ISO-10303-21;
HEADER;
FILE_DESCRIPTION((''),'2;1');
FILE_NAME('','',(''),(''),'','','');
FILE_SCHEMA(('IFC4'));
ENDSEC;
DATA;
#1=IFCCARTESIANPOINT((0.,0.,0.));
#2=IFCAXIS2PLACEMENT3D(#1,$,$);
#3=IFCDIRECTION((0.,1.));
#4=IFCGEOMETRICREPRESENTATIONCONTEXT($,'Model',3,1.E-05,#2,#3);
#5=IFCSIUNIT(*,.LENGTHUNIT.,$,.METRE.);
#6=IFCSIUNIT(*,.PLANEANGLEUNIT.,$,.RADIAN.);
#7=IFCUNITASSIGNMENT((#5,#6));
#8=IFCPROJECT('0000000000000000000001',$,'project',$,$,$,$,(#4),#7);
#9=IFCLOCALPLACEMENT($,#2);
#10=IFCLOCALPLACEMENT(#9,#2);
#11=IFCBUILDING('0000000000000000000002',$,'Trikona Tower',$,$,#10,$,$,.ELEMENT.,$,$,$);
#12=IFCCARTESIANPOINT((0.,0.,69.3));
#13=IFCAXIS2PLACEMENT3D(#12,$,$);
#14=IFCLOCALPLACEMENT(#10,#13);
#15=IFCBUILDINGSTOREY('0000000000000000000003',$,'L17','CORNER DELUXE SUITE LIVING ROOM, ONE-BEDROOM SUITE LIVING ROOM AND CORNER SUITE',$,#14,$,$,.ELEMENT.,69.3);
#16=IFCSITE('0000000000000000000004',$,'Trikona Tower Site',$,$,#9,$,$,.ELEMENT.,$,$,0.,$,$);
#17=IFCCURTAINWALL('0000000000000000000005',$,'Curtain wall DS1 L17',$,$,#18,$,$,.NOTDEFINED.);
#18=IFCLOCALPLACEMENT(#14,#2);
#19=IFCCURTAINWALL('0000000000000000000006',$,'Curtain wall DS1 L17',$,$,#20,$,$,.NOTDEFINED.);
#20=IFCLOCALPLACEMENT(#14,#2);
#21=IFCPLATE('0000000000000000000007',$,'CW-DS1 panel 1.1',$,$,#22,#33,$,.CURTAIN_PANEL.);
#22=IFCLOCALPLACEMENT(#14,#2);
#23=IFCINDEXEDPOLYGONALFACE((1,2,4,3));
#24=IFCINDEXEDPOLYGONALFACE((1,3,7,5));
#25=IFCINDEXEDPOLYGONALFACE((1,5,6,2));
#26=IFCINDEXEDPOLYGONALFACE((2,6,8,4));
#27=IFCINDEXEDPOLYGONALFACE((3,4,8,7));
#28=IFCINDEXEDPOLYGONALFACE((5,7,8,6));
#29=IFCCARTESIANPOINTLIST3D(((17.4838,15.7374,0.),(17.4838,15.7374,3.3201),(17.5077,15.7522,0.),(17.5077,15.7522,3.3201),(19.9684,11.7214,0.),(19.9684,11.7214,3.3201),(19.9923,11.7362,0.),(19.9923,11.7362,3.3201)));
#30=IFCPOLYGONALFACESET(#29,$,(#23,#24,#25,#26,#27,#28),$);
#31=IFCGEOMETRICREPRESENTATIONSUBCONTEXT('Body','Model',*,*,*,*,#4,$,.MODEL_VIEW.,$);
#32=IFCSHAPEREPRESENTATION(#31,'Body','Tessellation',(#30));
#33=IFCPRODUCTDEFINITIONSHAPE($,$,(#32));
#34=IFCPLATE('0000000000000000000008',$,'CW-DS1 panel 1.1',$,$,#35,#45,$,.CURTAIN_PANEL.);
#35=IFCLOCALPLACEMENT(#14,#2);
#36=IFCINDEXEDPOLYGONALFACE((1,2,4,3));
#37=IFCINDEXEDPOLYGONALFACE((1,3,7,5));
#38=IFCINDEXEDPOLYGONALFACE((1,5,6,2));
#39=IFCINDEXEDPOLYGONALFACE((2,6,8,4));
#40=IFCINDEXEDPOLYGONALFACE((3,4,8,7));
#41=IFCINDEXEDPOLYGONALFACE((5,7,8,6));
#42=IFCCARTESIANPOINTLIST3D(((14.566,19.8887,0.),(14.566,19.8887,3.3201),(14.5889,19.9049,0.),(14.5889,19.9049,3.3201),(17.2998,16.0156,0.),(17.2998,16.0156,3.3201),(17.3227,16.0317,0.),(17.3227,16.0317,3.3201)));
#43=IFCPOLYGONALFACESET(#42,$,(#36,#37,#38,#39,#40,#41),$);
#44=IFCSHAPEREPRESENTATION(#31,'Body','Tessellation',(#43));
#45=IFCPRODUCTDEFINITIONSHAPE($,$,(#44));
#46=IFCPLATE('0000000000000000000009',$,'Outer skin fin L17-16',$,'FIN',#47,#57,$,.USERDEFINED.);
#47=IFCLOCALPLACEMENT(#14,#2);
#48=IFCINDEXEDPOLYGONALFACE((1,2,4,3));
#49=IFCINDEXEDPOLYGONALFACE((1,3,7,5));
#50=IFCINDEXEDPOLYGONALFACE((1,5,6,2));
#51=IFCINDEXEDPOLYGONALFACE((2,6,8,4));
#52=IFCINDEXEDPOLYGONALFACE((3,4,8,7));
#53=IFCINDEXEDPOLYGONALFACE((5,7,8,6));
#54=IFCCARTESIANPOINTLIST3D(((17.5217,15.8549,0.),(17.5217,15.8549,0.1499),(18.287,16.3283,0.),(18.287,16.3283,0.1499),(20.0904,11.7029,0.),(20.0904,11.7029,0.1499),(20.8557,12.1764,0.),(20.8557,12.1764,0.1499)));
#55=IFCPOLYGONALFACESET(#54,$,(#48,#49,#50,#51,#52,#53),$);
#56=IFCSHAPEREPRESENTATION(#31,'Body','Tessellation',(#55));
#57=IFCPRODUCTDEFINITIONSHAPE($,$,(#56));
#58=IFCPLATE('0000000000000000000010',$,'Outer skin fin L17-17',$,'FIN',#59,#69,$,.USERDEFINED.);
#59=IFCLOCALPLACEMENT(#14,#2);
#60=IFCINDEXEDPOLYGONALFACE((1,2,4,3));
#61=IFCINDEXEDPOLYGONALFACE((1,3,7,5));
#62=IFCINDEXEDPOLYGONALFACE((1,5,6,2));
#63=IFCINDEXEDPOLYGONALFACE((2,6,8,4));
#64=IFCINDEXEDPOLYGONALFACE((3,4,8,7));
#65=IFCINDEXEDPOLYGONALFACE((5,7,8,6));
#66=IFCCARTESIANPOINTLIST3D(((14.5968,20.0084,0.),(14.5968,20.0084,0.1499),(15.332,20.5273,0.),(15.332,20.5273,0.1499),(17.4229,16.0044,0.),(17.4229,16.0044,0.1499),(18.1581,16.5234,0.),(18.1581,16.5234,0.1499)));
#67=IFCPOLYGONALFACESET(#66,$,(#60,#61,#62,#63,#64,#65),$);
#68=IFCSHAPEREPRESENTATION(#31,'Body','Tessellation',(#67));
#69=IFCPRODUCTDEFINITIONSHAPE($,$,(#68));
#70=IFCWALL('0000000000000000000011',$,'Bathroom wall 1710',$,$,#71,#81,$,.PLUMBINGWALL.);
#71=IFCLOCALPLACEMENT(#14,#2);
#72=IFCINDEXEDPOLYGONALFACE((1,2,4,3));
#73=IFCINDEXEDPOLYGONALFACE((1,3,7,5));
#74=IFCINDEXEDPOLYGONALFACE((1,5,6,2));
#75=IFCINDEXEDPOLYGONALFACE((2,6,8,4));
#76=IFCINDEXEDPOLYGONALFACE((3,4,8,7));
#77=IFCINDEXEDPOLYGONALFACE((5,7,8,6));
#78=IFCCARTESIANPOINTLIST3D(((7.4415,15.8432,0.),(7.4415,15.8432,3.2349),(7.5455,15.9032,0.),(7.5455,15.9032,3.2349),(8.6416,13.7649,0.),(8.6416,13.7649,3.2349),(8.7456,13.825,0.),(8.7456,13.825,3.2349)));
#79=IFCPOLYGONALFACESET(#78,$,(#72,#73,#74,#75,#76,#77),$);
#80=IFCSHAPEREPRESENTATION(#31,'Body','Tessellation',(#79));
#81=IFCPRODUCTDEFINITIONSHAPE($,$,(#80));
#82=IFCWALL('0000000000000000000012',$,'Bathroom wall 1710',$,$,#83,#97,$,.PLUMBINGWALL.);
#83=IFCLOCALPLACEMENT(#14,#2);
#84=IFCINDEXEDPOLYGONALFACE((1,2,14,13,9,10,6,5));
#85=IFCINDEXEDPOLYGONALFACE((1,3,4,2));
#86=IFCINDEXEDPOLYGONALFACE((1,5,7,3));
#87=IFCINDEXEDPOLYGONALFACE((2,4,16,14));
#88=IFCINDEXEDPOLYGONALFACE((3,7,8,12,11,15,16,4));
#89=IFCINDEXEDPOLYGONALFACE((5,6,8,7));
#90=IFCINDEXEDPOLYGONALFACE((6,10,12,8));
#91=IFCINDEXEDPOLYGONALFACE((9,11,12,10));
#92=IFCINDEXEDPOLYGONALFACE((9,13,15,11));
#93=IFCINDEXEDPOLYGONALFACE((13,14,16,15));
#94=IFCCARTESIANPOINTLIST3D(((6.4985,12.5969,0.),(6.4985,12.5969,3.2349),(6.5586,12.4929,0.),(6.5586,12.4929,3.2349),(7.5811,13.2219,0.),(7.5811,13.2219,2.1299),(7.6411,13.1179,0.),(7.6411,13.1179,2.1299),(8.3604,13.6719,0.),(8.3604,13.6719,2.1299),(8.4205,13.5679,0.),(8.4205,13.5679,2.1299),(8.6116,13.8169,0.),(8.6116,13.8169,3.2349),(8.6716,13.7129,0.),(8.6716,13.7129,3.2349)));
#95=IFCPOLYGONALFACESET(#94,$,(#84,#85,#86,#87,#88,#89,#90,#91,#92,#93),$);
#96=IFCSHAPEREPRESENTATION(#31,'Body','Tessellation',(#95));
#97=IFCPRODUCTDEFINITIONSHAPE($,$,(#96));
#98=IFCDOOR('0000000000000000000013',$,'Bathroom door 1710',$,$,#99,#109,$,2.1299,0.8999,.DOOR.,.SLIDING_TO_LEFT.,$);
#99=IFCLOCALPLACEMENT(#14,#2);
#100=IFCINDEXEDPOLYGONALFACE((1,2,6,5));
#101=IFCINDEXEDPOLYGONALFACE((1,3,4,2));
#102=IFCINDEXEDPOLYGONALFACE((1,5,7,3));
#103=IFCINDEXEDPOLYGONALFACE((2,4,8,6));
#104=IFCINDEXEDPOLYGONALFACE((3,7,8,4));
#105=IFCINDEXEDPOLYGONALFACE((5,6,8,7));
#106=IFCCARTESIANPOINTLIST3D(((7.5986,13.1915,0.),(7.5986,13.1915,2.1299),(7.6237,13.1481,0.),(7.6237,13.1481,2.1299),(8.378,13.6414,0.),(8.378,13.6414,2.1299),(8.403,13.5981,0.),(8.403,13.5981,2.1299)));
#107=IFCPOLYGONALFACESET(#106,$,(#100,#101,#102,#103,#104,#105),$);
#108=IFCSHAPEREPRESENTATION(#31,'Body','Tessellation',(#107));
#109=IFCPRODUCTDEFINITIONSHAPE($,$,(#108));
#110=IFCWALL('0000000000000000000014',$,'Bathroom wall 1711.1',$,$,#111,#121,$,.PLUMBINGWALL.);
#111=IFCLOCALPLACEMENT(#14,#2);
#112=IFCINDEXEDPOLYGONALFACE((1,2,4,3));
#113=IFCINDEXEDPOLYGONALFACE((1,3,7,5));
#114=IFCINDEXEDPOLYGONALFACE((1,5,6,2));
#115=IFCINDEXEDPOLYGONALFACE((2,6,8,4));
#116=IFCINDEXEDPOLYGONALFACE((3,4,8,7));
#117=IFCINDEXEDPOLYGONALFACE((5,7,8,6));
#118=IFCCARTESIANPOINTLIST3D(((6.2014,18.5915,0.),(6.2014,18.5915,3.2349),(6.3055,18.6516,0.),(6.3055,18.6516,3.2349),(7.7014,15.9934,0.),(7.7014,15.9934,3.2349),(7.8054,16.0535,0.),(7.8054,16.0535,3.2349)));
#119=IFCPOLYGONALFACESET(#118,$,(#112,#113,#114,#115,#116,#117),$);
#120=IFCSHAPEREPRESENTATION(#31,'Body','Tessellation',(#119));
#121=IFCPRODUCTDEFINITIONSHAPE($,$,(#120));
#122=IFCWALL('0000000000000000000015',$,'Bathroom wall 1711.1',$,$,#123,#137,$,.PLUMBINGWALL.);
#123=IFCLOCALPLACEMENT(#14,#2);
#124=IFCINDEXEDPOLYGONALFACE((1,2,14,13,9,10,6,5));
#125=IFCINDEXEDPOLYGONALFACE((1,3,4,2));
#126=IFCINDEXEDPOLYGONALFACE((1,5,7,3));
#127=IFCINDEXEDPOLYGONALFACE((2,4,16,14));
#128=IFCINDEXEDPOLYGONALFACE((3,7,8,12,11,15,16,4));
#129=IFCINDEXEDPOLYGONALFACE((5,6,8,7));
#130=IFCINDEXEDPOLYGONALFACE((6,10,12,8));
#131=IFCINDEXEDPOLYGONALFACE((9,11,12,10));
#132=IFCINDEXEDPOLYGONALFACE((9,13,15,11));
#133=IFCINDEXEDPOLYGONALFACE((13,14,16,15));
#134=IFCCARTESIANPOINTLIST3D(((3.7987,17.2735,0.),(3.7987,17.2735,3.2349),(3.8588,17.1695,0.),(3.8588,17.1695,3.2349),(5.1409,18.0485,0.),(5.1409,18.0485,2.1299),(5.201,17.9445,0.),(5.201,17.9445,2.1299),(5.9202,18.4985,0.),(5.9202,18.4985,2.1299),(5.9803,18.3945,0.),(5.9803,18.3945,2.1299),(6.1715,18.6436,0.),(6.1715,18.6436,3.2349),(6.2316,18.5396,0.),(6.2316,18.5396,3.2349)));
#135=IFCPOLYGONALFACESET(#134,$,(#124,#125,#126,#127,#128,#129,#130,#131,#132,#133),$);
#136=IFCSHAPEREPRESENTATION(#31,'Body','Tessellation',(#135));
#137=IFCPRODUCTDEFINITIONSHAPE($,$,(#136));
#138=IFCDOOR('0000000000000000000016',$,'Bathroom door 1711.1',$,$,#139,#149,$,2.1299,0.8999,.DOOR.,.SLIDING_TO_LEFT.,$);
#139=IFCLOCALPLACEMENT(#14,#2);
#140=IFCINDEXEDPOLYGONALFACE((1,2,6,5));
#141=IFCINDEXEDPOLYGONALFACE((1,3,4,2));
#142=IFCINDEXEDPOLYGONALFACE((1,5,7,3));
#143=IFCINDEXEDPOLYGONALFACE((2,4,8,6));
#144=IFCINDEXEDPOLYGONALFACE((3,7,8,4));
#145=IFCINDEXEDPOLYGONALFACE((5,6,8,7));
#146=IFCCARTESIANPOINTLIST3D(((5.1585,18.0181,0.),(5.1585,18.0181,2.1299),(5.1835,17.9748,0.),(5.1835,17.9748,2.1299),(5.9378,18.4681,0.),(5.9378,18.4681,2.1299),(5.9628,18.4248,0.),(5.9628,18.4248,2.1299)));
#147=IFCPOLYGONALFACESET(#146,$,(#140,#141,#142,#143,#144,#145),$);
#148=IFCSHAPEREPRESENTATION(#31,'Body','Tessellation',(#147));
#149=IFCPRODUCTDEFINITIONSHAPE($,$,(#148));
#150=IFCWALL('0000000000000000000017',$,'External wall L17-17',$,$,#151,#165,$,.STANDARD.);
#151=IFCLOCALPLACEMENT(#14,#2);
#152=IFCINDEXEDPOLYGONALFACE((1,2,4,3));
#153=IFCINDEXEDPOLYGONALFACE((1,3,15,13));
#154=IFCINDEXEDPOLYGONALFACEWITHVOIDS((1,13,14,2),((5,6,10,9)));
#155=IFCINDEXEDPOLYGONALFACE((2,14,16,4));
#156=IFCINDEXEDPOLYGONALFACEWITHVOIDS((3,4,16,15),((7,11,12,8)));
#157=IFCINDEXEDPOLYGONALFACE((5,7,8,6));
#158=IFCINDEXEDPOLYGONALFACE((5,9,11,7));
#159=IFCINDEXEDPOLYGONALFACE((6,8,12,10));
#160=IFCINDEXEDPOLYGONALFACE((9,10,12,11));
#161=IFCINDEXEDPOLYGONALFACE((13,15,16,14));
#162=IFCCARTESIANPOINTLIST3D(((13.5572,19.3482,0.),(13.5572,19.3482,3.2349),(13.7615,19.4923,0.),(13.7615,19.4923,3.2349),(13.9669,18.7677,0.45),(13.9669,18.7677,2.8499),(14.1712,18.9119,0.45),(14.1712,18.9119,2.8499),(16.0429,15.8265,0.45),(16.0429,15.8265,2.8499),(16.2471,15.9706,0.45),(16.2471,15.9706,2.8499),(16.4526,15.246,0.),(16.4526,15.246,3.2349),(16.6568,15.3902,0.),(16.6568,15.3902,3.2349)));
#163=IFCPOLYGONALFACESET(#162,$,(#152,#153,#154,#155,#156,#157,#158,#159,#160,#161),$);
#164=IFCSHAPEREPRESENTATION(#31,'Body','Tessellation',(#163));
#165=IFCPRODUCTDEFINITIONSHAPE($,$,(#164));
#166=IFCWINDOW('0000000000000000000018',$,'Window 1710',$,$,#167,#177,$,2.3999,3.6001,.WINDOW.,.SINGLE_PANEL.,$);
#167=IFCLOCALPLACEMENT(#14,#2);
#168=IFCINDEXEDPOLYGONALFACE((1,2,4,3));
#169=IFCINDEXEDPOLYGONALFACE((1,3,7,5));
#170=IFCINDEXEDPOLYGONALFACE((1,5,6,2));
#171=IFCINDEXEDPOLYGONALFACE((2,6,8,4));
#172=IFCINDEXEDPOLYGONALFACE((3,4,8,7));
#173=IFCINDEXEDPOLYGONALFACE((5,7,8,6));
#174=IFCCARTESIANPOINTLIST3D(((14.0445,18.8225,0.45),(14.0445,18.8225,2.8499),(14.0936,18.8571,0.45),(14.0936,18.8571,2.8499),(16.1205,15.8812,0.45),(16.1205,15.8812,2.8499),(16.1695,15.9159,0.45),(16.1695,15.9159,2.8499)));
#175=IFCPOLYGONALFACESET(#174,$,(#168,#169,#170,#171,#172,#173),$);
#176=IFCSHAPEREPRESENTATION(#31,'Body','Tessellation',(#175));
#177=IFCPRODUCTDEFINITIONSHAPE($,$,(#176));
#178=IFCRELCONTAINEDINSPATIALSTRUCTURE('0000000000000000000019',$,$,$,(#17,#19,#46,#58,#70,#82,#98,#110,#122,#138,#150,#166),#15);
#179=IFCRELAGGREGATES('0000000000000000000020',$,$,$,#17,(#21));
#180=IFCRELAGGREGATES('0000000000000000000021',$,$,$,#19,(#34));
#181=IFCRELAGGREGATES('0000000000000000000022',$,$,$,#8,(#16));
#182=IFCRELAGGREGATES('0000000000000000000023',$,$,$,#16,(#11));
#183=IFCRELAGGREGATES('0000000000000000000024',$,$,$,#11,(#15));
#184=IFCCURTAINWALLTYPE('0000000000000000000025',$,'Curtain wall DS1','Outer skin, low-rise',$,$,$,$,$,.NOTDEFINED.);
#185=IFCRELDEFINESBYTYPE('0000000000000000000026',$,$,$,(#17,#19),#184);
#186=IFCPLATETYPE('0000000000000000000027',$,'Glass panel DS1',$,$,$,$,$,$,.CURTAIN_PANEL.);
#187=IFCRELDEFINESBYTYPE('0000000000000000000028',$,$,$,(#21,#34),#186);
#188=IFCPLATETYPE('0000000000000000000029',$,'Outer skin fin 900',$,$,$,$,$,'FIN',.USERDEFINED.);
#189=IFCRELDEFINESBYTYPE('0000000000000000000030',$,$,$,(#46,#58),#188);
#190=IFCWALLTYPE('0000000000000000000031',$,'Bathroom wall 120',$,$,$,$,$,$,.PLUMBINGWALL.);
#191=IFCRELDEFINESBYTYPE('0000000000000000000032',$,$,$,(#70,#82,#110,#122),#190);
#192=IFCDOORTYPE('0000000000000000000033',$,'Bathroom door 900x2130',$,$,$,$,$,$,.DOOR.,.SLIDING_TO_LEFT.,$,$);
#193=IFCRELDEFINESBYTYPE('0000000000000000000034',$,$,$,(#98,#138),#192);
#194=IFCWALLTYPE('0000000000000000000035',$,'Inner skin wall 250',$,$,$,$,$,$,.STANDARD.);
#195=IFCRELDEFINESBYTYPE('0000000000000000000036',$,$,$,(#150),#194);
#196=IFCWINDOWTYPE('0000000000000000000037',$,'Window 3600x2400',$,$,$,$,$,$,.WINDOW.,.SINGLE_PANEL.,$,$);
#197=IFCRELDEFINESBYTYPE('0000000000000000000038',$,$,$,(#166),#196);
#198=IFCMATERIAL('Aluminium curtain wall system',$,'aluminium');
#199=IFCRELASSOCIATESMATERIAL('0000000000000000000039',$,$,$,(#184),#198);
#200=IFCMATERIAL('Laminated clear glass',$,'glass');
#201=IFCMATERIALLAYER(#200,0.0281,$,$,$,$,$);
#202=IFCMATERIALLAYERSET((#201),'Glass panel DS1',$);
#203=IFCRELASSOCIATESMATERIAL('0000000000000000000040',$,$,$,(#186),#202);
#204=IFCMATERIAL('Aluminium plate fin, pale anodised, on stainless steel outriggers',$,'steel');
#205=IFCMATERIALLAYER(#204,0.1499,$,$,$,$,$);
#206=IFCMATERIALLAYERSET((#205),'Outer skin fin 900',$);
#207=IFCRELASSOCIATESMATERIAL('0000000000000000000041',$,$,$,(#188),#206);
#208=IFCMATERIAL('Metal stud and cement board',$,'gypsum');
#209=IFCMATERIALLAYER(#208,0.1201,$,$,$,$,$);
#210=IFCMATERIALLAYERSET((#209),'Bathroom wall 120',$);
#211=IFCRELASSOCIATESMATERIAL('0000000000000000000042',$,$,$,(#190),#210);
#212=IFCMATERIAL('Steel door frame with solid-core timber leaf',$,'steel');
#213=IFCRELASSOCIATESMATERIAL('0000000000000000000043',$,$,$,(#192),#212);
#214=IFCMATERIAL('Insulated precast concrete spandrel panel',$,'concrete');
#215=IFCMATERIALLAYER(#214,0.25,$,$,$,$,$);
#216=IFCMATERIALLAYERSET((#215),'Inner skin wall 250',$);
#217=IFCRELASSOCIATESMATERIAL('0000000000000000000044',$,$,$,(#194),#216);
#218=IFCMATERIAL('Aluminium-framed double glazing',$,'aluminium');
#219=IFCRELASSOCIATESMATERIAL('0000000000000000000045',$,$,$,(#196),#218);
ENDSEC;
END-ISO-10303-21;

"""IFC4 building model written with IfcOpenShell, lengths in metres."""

from ifc_helpers import new_model, si_unit, direction, frame, frame_2d, origin, origin_2d, place, context, subcontext, project, spatial, rectangle, extrude, material, layer, layer_set, type_object, element, fill, aggregate, save


model = new_model("IFC4")

# Units and contexts
model_context = context("Model", 3, precision=1e-05, world=origin(), true_north=direction((0.0, 1.0)))
body_context = subcontext(model_context, "Body", "Model", "MODEL_VIEW")
ifc_project = project(units=[si_unit("LENGTHUNIT", "METRE"), si_unit("PLANEANGLEUNIT", "RADIAN")], contexts=[model_context])

# Site, building, storey
site_placement = place(None, origin())
site = spatial("IfcSite", under=ifc_project, at=site_placement, Name="Trikona Tower Site", CompositionType="ELEMENT", RefElevation=0.0)
building_placement = place(site_placement, origin())
building = spatial("IfcBuilding", under=site, at=building_placement, Name="Trikona Tower", CompositionType="ELEMENT")
storey_placement = place(building_placement, frame((0.0, 0.0, 69.3)))
storey = spatial("IfcBuildingStorey", under=building, at=storey_placement, Name="L17", Description="CORNER DELUXE SUITE LIVING ROOM, ONE-BEDROOM SUITE LIVING ROOM AND CORNER SUITE", CompositionType="ELEMENT", Elevation=69.3)

# Curtain walls
ifc_material_1 = material(Name="Aluminium curtain wall system", Category="aluminium")
curtain_wall_type = type_object("IfcCurtainWallType", Name="Curtain wall DS1", Description="Outer skin, low-rise", PredefinedType="NOTDEFINED", material=ifc_material_1)
curtain_wall_1_placement = place(storey_placement, origin())
curtain_wall_1 = element("IfcCurtainWall", 1, at=curtain_wall_1_placement, inside=storey, type_object=curtain_wall_type, Name="Curtain wall DS1 L17", PredefinedType="NOTDEFINED")
curtain_wall_2_placement = place(storey_placement, origin())
curtain_wall_2 = element("IfcCurtainWall", 2, at=curtain_wall_2_placement, inside=storey, type_object=curtain_wall_type, Name="Curtain wall DS1 L17", PredefinedType="NOTDEFINED")

# Plates
ifc_material_2 = material(Name="Laminated clear glass", Category="glass")
ifc_layer_1 = layer(ifc_material_2, 0.0281)
ifc_layer_set_1 = layer_set([ifc_layer_1], Name="Glass panel DS1")
plate_type_1 = type_object("IfcPlateType", Name="Glass panel DS1", PredefinedType="CURTAIN_PANEL", material=ifc_layer_set_1)
plate_1_placement = place(storey_placement, frame((18.738, 13.7368, 0.0), z_axis=(0.0, 0.0, 1.0), x_axis=(-0.52612, 0.85041, 0.0)))
plate_1 = element("IfcPlate", 3, at=plate_1_placement, type_object=plate_type_1, Name="CW-DS1 panel 1.1", PredefinedType="CURTAIN_PANEL", context=body_context, shape_type="SweptSolid", body=[
    extrude(rectangle(XDim=4.7224, YDim=0.0281, at=origin_2d()), origin(), (0.0, 0.0, 1.0), 3.3201),
])
aggregate(curtain_wall_1, [plate_1])
plate_2_placement = place(storey_placement, frame((15.9443, 17.9602, 0.0), z_axis=(0.0, 0.0, 1.0), x_axis=(-0.576658, 0.816985, 0.0)))
plate_2 = element("IfcPlate", 4, at=plate_2_placement, type_object=plate_type_1, Name="CW-DS1 panel 1.1", PredefinedType="CURTAIN_PANEL", context=body_context, shape_type="SweptSolid", body=[
    extrude(rectangle(XDim=4.7407, YDim=0.0281, at=origin_2d()), origin(), (0.0, 0.0, 1.0), 3.3201),
])
aggregate(curtain_wall_2, [plate_2])

# Plates
ifc_material_3 = material(Name="Aluminium plate fin, pale anodised, on stainless steel outriggers", Category="steel")
ifc_layer_2 = layer(ifc_material_3, 0.1499)
ifc_layer_set_2 = layer_set([ifc_layer_2], Name="Outer skin fin 900")
plate_type_2 = type_object("IfcPlateType", Name="Outer skin fin 900", ElementType="FIN", PredefinedType="USERDEFINED", material=ifc_layer_set_2)
plate_3_placement = place(storey_placement, frame((19.1887, 14.0156, 0.0), z_axis=(0.0, 0.0, 1.0), x_axis=(-0.526119, 0.850411, 0.0)))
element("IfcPlate", 5, at=plate_3_placement, inside=storey, type_object=plate_type_2, Name="Outer skin fin L17-16", ObjectType="FIN", PredefinedType="USERDEFINED", context=body_context, shape_type="SweptSolid", body=[
    extrude(rectangle(XDim=4.8823, YDim=0.8999, at=origin_2d()), origin(), (0.0, 0.0, 1.0), 0.1499),
])
plate_4_placement = place(storey_placement, frame((16.3774, 18.2659, 0.0), z_axis=(0.0, 0.0, 1.0), x_axis=(-0.576662, 0.816983, 0.0)))
element("IfcPlate", 6, at=plate_4_placement, inside=storey, type_object=plate_type_2, Name="Outer skin fin L17-17", ObjectType="FIN", PredefinedType="USERDEFINED", context=body_context, shape_type="SweptSolid", body=[
    extrude(rectangle(XDim=4.9009, YDim=0.8999, at=origin_2d()), origin(), (0.0, 0.0, 1.0), 0.1499),
])

# Wall
ifc_material_4 = material(Name="Metal stud and cement board", Category="gypsum")
ifc_layer_3 = layer(ifc_material_4, 0.1201)
ifc_layer_set_3 = layer_set([ifc_layer_3], Name="Bathroom wall 120")
wall_type_1 = type_object("IfcWallType", Name="Bathroom wall 120", PredefinedType="PLUMBINGWALL", material=ifc_layer_set_3)
wall_1_placement = place(storey_placement, frame((8.6936, 13.7949, 0.0), z_axis=(0.0, 0.0, 1.0), x_axis=(-0.500078, 0.865981, 0.0)))
element("IfcWall", 7, at=wall_1_placement, inside=storey, type_object=wall_type_1, Name="Bathroom wall 1710", PredefinedType="PLUMBINGWALL", context=body_context, shape_type="SweptSolid", body=[
    extrude(rectangle(XDim=2.3999, YDim=0.1201, at=frame_2d((1.2, 0.0))), origin(), (0.0, 0.0, 1.0), 3.2349),
])

# Wall, opening, door
wall_2_placement = place(storey_placement, frame((6.5286, 12.5449, 0.0), z_axis=(0.0, 0.0, 1.0), x_axis=(0.866024, 0.500003, 0.0)))
wall_2 = element("IfcWall", 8, at=wall_2_placement, inside=storey, type_object=wall_type_1, Name="Bathroom wall 1710", PredefinedType="PLUMBINGWALL", context=body_context, shape_type="SweptSolid", body=[
    extrude(rectangle(XDim=2.4399, YDim=0.1201, at=frame_2d((1.22, 0.0))), origin(), (0.0, 0.0, 1.0), 3.2349),
])
opening_1_placement = place(wall_2_placement, frame((1.25, 0.0, 0.0)))
opening_1 = element("IfcOpeningElement", 9, at=opening_1_placement, cuts=wall_2, PredefinedType="OPENING", context=body_context, shape_type="SweptSolid", body=[
    extrude(rectangle(XDim=0.8999, YDim=2.1299, at=frame_2d((0.45, 1.0649))), frame((0.0, 0.0701, 0.0), z_axis=(0.0, -1.0, 0.0), x_axis=(1.0, 0.0, 0.0)), (0.0, 0.0, 1.0), 0.1401),
])
ifc_material_5 = material(Name="Steel door frame with solid-core timber leaf", Category="steel")
door_type_1 = type_object("IfcDoorType", Name="Bathroom door 900x2130", OperationType="SLIDING_TO_LEFT", PredefinedType="DOOR", material=ifc_material_5)
door_1_placement = place(opening_1_placement, origin())
door_1 = element("IfcDoor", 10, at=door_1_placement, inside=storey, type_object=door_type_1, Name="Bathroom door 1710", OperationType="SLIDING_TO_LEFT", OverallHeight=2.1299, OverallWidth=0.8999, PredefinedType="DOOR", context=body_context, shape_type="SweptSolid", body=[
    extrude(rectangle(XDim=0.8999, YDim=2.1299, at=frame_2d((0.45, 1.0649))), frame((0.0, 0.0249, 0.0), z_axis=(0.0, -1.0, 0.0), x_axis=(1.0, 0.0, 0.0)), (0.0, 0.0, 1.0), 0.05),
])
fill(opening_1, door_1)

# Wall
wall_3_placement = place(storey_placement, frame((7.7534, 16.0234, 0.0), z_axis=(0.0, 0.0, 1.0), x_axis=(-0.49999, 0.866031, 0.0)))
element("IfcWall", 11, at=wall_3_placement, inside=storey, type_object=wall_type_1, Name="Bathroom wall 1711.1", PredefinedType="PLUMBINGWALL", context=body_context, shape_type="SweptSolid", body=[
    extrude(rectangle(XDim=3.0, YDim=0.1201, at=frame_2d((1.5, 0.0))), origin(), (0.0, 0.0, 1.0), 3.2349),
])

# Wall, opening, door
wall_4_placement = place(storey_placement, frame((3.8286, 17.2214, 0.0), z_axis=(0.0, 0.0, 1.0), x_axis=(0.865997, 0.500049, 0.0)))
wall_4 = element("IfcWall", 12, at=wall_4_placement, inside=storey, type_object=wall_type_1, Name="Bathroom wall 1711.1", PredefinedType="PLUMBINGWALL", context=body_context, shape_type="SweptSolid", body=[
    extrude(rectangle(XDim=2.74, YDim=0.1201, at=frame_2d((1.3701, 0.0))), origin(), (0.0, 0.0, 1.0), 3.2349),
])
opening_2_placement = place(wall_4_placement, frame((1.55, 0.0, 0.0)))
opening_2 = element("IfcOpeningElement", 13, at=opening_2_placement, cuts=wall_4, PredefinedType="OPENING", context=body_context, shape_type="SweptSolid", body=[
    extrude(rectangle(XDim=0.8999, YDim=2.1299, at=frame_2d((0.45, 1.0649))), frame((0.0, 0.0701, 0.0), z_axis=(0.0, -1.0, 0.0), x_axis=(1.0, 0.0, 0.0)), (0.0, 0.0, 1.0), 0.1401),
])
door_2_placement = place(opening_2_placement, origin())
door_2 = element("IfcDoor", 14, at=door_2_placement, inside=storey, type_object=door_type_1, Name="Bathroom door 1711.1", OperationType="SLIDING_TO_LEFT", OverallHeight=2.1299, OverallWidth=0.8999, PredefinedType="DOOR", context=body_context, shape_type="SweptSolid", body=[
    extrude(rectangle(XDim=0.8999, YDim=2.1299, at=frame_2d((0.45, 1.0649))), frame((0.0, 0.0249, 0.0), z_axis=(0.0, -1.0, 0.0), x_axis=(1.0, 0.0, 0.0)), (0.0, 0.0, 1.0), 0.05),
])
fill(opening_2, door_2)

# Wall, opening, window
ifc_material_6 = material(Name="Insulated precast concrete spandrel panel", Category="concrete")
ifc_layer_4 = layer(ifc_material_6, 0.25)
ifc_layer_set_4 = layer_set([ifc_layer_4], Name="Inner skin wall 250")
wall_type_2 = type_object("IfcWallType", Name="Inner skin wall 250", PredefinedType="STANDARD", material=ifc_layer_set_4)
wall_5_placement = place(storey_placement, frame((16.5547, 15.3181, 0.0), z_axis=(0.0, 0.0, 1.0), x_axis=(-0.576643, 0.816996, 0.0)))
wall_5 = element("IfcWall", 15, at=wall_5_placement, inside=storey, type_object=wall_type_2, Name="External wall L17-17", PredefinedType="STANDARD", context=body_context, shape_type="SweptSolid", body=[
    extrude(rectangle(XDim=5.021, YDim=0.25, at=frame_2d((2.5105, 0.0))), origin(), (0.0, 0.0, 1.0), 3.2349),
])
opening_3_placement = place(wall_5_placement, frame((0.7104, 0.0, 0.45)))
opening_3 = element("IfcOpeningElement", 16, at=opening_3_placement, cuts=wall_5, PredefinedType="OPENING", context=body_context, shape_type="SweptSolid", body=[
    extrude(rectangle(XDim=3.6001, YDim=2.3999, at=frame_2d((1.8, 1.2))), frame((0.0, 0.135, 0.0), z_axis=(0.0, -1.0, 0.0), x_axis=(1.0, 0.0, 0.0)), (0.0, 0.0, 1.0), 0.27),
])
ifc_material_7 = material(Name="Aluminium-framed double glazing", Category="aluminium")
window_type = type_object("IfcWindowType", Name="Window 3600x2400", PartitioningType="SINGLE_PANEL", PredefinedType="WINDOW", material=ifc_material_7)
window_1_placement = place(opening_3_placement, origin())
window_1 = element("IfcWindow", 17, at=window_1_placement, inside=storey, type_object=window_type, Name="Window 1710", OverallHeight=2.3999, OverallWidth=3.6001, PartitioningType="SINGLE_PANEL", PredefinedType="WINDOW", context=body_context, shape_type="SweptSolid", body=[
    extrude(rectangle(XDim=3.6001, YDim=2.3999, at=frame_2d((1.8, 1.2))), frame((0.0, 0.03, 0.0), z_axis=(0.0, -1.0, 0.0), x_axis=(1.0, 0.0, 0.0)), (0.0, 0.0, 1.0), 0.0601),
])
fill(opening_3, window_1)

save(model, "model.ifc")
